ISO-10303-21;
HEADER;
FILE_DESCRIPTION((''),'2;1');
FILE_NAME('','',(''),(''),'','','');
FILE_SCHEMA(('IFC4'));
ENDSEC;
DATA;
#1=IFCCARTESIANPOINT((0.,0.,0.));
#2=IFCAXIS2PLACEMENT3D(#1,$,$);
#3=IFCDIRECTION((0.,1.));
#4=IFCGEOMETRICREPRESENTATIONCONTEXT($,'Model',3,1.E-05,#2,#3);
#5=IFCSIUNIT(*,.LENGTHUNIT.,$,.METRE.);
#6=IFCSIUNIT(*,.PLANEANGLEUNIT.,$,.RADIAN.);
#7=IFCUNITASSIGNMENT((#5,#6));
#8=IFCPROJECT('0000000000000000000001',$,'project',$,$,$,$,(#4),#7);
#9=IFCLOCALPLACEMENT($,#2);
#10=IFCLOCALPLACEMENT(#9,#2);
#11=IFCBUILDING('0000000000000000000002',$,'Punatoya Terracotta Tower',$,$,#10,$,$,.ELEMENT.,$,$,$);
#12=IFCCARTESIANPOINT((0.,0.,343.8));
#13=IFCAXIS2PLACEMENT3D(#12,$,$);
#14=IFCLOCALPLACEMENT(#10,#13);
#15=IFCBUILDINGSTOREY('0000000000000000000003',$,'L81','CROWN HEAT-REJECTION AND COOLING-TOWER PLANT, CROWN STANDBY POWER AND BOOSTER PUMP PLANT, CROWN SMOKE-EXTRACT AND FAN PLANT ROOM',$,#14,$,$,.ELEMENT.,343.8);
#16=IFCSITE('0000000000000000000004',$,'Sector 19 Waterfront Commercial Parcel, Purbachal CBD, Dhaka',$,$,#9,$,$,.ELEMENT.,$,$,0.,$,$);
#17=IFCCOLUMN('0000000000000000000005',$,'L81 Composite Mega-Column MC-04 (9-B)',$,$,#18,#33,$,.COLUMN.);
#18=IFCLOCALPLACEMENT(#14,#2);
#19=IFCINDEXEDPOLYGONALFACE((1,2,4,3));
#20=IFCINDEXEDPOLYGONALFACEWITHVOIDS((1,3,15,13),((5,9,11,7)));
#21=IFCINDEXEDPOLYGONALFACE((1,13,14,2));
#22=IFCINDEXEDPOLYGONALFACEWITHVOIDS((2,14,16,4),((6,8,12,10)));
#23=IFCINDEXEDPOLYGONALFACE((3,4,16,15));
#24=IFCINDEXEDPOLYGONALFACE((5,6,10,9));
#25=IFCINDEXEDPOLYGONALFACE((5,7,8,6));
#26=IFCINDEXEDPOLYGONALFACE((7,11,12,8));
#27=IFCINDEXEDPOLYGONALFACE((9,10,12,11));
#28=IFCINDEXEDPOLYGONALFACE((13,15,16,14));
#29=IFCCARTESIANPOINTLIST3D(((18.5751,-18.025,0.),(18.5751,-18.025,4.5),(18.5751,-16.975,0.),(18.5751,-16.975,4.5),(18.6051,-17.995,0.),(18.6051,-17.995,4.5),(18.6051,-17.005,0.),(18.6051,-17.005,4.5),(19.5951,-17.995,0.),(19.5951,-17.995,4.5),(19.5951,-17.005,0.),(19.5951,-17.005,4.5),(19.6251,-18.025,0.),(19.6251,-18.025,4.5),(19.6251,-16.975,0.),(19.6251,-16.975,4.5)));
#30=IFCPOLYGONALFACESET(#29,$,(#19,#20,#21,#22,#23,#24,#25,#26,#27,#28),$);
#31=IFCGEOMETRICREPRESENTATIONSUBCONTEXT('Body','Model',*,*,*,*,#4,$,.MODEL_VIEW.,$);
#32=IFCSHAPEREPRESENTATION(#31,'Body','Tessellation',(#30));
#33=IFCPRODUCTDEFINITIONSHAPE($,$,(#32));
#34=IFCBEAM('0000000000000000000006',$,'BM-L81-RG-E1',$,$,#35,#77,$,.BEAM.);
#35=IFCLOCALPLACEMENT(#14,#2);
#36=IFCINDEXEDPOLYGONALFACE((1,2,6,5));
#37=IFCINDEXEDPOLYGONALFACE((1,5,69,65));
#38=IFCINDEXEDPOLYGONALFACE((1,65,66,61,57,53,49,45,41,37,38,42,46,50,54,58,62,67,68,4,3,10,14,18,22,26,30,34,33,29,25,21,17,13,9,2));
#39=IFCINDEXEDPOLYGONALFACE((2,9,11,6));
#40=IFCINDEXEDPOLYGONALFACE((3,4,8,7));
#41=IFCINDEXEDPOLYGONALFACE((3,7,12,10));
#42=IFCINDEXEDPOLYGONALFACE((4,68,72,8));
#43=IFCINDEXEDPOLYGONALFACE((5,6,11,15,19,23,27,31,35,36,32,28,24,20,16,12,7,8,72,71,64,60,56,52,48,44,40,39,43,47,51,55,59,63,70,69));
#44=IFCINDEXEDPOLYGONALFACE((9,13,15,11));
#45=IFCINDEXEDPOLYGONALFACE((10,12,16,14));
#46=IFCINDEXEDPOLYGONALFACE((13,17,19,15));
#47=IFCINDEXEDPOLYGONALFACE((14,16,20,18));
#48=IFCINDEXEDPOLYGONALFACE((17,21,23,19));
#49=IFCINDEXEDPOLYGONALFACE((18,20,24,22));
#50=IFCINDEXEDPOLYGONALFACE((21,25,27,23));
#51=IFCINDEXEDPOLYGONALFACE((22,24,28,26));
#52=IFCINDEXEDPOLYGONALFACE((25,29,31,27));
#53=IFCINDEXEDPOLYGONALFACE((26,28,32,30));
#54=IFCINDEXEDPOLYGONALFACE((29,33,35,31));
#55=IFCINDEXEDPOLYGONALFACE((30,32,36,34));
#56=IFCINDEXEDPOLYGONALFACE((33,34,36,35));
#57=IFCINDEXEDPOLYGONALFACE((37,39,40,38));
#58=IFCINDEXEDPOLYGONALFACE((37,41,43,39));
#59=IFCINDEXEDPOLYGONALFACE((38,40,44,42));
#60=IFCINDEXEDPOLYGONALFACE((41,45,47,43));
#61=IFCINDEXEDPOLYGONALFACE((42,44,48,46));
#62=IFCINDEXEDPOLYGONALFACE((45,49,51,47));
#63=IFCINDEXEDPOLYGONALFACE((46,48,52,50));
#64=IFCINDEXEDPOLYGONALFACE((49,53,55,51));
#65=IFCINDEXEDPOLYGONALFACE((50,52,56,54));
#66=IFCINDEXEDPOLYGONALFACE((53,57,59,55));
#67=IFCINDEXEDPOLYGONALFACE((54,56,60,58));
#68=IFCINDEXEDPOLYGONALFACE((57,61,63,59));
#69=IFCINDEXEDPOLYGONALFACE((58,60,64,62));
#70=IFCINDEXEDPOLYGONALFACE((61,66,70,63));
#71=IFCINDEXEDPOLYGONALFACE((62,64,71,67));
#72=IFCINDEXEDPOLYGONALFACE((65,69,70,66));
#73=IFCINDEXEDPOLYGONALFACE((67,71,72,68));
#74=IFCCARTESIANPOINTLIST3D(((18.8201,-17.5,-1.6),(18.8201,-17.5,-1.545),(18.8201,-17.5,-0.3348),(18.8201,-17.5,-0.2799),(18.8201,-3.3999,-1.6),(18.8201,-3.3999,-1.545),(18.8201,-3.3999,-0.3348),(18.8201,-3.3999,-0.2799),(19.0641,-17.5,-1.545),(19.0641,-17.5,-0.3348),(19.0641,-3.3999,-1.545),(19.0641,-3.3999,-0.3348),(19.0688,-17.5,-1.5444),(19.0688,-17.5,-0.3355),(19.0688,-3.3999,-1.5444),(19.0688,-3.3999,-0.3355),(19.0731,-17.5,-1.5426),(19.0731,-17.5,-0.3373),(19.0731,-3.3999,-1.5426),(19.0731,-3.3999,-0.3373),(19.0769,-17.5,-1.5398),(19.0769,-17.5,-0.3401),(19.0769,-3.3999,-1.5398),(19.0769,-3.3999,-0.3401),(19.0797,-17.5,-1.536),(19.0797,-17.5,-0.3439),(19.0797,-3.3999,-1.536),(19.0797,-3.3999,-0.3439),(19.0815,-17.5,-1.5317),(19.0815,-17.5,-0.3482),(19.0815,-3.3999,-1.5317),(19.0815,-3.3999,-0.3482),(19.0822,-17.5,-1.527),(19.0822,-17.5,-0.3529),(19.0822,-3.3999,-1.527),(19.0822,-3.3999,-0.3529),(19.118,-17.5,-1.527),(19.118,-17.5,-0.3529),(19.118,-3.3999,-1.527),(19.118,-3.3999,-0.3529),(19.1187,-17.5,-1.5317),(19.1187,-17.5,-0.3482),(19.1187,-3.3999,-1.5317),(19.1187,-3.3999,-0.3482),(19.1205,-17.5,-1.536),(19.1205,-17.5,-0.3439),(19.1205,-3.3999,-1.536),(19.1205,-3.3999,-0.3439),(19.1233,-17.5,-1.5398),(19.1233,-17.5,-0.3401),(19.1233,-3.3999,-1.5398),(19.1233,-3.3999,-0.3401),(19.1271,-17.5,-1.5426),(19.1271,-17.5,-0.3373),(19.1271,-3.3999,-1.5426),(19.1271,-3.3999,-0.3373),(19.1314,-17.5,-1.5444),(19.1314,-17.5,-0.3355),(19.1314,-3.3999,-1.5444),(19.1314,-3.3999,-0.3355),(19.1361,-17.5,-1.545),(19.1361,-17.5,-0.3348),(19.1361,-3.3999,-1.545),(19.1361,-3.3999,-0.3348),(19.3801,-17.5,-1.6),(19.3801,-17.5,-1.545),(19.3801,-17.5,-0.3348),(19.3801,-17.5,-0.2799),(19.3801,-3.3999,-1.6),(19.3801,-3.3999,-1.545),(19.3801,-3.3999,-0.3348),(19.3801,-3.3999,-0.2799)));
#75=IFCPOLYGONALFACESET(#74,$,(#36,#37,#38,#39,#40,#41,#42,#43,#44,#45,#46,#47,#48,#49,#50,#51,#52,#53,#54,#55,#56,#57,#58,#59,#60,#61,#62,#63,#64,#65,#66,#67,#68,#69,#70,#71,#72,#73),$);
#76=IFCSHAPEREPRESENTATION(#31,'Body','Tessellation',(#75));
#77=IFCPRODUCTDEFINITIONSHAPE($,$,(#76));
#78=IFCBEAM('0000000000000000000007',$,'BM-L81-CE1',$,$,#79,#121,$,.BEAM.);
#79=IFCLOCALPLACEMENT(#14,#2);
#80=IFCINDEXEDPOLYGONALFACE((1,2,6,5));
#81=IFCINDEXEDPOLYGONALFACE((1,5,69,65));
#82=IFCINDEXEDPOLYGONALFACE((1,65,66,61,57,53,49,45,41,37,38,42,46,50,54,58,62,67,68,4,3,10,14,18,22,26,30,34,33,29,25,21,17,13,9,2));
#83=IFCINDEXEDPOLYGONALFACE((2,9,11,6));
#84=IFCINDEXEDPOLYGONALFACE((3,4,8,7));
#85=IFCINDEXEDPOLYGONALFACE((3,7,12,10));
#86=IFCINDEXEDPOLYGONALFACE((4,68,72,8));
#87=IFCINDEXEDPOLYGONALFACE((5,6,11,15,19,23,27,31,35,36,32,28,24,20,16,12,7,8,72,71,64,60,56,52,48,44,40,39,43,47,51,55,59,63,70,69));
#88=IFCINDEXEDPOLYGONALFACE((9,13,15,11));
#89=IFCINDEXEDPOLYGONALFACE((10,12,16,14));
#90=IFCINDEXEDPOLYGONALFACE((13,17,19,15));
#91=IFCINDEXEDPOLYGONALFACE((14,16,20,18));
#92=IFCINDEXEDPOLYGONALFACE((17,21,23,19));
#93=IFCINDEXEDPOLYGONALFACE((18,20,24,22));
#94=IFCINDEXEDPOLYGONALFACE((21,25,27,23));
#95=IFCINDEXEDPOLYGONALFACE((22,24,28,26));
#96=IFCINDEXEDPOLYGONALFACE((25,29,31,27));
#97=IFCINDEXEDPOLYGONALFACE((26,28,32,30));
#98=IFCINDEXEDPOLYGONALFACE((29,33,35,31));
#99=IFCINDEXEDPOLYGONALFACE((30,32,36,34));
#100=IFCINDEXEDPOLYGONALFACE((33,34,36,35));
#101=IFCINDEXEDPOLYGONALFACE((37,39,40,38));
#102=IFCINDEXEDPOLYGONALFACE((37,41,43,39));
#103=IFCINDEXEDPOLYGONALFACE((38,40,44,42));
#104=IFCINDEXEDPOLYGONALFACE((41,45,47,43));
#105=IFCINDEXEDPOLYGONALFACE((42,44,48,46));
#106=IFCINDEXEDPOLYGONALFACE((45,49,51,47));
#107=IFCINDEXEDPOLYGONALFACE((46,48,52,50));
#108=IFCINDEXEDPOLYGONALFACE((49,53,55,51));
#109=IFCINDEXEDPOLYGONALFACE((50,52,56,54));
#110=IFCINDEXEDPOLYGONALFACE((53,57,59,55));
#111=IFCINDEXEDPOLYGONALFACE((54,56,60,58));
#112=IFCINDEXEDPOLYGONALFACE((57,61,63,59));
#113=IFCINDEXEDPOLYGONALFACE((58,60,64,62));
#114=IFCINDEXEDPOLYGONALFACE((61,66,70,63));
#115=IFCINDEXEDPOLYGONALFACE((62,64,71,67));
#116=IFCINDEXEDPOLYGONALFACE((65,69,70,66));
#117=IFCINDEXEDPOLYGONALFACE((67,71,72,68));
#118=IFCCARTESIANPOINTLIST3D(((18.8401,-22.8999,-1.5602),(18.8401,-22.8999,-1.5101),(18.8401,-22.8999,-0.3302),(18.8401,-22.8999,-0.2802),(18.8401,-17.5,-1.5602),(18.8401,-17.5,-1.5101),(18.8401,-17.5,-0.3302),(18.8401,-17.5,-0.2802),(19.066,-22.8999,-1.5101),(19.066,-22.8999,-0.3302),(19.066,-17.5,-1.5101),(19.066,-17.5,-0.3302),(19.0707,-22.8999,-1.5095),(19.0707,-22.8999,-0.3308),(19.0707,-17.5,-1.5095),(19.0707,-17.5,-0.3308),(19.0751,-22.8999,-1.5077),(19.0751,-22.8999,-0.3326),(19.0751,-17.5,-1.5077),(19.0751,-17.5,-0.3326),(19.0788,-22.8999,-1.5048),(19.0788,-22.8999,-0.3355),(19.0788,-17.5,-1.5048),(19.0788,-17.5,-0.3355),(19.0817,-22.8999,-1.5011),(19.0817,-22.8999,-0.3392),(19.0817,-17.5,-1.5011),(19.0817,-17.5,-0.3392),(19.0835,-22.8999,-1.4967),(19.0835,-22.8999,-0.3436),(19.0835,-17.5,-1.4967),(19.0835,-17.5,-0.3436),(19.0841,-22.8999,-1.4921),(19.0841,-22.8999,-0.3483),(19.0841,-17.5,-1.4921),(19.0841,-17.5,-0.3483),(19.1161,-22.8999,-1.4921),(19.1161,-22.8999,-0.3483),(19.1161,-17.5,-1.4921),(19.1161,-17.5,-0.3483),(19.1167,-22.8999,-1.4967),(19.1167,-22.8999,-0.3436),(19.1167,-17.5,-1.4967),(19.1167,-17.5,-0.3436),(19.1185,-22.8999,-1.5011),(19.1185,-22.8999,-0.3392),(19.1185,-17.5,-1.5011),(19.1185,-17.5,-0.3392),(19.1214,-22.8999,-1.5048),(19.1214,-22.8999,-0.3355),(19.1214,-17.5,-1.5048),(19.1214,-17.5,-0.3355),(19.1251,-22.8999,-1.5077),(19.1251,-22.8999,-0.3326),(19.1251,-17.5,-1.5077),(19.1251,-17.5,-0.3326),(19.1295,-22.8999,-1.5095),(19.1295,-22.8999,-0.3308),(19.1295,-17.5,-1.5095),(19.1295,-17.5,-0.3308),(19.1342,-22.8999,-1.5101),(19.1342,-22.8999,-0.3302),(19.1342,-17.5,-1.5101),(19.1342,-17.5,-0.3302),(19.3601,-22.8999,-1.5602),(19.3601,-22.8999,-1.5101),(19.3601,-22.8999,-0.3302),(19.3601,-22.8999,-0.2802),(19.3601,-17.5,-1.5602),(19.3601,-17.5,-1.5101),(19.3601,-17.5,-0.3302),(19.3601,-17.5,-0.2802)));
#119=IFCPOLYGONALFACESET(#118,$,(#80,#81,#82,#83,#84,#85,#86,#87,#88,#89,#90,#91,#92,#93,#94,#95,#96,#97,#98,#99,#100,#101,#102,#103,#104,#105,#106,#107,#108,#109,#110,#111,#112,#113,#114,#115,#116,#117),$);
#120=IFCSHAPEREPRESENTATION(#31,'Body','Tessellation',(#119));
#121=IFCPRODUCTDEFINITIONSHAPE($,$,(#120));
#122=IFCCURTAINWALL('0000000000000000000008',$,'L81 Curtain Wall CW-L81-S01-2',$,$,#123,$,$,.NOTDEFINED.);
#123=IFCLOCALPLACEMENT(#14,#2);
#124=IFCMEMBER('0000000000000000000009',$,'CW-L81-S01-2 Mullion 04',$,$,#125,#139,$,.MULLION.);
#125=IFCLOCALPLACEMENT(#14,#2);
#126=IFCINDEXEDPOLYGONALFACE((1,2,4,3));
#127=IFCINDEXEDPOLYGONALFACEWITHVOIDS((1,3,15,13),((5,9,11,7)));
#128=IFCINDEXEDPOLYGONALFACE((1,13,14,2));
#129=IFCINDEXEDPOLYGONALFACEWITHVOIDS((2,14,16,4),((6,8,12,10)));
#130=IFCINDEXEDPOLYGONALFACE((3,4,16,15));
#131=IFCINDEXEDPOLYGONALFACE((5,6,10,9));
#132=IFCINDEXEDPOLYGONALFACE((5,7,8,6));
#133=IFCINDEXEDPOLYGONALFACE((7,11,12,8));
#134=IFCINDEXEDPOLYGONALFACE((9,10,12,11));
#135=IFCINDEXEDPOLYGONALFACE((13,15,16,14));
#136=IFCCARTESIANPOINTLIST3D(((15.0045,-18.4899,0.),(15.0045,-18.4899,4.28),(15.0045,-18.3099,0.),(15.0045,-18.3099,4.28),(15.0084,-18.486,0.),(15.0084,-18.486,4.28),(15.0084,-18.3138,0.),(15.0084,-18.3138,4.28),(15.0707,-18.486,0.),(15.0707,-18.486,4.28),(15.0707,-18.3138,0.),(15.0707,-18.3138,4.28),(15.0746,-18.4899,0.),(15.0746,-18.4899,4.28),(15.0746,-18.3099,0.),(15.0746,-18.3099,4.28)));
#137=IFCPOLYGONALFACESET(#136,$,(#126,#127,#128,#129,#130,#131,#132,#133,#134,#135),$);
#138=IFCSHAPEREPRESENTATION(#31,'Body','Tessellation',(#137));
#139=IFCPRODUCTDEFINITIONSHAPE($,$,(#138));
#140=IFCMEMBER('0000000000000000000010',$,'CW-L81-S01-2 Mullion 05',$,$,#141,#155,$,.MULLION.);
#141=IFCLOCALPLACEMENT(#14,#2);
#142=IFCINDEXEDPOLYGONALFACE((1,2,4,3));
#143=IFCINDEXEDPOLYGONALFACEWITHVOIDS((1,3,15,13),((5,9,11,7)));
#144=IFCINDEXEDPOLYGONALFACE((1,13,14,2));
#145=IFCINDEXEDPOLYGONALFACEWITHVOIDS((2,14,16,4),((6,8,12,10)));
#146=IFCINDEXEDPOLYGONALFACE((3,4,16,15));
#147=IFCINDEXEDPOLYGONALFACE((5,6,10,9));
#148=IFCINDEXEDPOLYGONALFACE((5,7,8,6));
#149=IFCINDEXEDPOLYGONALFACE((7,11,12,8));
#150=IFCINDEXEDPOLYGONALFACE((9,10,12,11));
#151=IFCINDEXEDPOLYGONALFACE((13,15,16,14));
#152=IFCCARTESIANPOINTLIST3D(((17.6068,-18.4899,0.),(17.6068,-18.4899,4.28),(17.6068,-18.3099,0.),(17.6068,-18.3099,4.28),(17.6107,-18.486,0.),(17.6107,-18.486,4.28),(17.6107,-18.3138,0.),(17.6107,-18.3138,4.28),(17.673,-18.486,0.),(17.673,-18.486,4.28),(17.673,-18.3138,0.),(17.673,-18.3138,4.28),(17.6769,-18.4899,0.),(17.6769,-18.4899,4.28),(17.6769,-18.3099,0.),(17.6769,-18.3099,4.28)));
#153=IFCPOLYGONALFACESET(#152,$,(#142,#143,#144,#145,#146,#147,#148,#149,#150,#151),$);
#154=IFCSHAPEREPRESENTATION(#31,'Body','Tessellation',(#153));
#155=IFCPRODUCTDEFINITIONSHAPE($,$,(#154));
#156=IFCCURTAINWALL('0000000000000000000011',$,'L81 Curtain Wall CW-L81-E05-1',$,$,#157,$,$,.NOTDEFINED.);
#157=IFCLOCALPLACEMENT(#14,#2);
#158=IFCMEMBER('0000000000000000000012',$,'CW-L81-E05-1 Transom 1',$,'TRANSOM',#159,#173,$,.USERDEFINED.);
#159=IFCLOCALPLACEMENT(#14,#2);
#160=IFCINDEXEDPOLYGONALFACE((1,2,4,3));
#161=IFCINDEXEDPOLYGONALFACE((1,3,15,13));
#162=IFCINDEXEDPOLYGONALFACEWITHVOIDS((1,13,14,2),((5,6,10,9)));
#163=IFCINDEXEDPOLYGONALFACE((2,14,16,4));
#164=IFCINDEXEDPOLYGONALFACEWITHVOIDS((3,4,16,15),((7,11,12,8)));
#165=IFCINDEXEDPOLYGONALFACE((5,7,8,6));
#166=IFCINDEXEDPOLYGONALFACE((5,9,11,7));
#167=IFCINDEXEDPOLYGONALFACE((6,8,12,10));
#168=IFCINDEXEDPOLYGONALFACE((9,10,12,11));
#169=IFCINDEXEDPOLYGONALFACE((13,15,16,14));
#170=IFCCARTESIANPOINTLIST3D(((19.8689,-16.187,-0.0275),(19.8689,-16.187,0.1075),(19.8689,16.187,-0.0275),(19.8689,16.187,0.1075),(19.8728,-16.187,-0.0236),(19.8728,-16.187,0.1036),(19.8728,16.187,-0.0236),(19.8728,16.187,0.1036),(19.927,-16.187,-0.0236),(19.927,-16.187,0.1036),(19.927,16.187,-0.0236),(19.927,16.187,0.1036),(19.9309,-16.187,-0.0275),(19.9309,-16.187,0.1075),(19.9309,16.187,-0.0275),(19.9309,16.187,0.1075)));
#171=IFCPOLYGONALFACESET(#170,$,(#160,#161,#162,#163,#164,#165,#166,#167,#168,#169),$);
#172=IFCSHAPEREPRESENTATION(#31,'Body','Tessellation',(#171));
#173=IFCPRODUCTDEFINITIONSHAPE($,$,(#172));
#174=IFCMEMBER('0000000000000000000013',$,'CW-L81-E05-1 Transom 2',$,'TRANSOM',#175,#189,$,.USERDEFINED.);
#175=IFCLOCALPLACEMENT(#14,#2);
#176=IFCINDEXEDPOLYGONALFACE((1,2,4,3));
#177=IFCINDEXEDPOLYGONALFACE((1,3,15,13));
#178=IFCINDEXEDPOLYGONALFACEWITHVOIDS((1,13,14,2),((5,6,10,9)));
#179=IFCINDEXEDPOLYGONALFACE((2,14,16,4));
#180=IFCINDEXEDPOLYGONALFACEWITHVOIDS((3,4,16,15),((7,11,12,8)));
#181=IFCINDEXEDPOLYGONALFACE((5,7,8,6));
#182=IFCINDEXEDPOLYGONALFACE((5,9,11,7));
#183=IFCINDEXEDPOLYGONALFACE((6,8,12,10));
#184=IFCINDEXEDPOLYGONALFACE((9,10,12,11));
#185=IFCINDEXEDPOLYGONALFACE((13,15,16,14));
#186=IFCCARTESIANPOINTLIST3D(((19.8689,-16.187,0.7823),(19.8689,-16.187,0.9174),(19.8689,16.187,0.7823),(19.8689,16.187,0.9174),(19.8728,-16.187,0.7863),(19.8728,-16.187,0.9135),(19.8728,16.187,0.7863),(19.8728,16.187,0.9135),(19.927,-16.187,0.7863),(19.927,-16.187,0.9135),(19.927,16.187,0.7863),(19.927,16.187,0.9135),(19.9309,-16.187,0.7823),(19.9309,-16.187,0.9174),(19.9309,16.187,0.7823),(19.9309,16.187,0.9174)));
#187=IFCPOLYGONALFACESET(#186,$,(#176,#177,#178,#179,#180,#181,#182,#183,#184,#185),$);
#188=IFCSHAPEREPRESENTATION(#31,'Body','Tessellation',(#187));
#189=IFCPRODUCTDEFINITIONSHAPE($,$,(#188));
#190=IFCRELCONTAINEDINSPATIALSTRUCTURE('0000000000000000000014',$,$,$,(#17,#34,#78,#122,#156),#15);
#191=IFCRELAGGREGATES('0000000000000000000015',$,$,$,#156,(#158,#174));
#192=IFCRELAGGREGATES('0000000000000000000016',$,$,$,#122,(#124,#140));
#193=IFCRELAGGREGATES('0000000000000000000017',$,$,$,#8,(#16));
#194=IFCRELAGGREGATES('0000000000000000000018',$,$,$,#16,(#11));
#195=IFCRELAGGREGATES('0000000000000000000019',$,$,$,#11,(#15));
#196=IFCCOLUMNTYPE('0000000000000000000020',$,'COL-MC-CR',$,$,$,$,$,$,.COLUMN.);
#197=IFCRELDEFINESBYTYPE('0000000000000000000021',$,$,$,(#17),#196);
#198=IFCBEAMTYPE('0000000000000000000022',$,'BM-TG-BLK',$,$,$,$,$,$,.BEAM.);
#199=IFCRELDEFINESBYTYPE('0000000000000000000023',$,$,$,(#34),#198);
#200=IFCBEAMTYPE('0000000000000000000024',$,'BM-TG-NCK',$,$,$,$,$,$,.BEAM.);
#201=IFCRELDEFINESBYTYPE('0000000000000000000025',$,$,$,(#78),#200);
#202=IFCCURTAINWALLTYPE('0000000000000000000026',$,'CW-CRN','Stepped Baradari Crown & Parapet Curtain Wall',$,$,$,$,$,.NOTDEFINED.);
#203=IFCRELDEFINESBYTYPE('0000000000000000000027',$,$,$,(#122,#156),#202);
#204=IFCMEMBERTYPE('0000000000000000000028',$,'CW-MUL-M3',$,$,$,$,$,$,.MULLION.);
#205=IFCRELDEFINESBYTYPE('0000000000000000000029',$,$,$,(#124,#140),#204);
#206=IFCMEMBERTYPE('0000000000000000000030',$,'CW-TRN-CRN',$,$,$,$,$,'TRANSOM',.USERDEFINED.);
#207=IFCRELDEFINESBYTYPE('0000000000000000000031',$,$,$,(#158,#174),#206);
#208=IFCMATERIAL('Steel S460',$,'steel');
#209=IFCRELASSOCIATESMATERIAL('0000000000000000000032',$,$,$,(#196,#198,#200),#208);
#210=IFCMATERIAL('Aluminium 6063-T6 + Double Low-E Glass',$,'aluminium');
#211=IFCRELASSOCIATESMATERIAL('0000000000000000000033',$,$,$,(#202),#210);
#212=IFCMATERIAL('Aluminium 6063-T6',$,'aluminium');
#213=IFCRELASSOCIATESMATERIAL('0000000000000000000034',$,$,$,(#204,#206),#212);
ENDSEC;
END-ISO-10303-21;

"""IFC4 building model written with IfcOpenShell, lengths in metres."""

from ifc_helpers import new_model, si_unit, direction, frame, origin, origin_2d, place, context, subcontext, project, spatial, hollow_rectangle, i_section, extrude, material, material_profile, profile_set, type_object, element, aggregate, save


model = new_model("IFC4")

# Units and contexts
model_context = context("Model", 3, precision=1e-05, world=origin(), true_north=direction((0.0, 1.0)))
body_context = subcontext(model_context, "Body", "Model", "MODEL_VIEW")
ifc_project = project(units=[si_unit("LENGTHUNIT", "METRE"), si_unit("PLANEANGLEUNIT", "RADIAN")], contexts=[model_context])

# Site, building, storey
site_placement = place(None, origin())
site = spatial("IfcSite", under=ifc_project, at=site_placement, Name="Sector 19 Waterfront Commercial Parcel, Purbachal CBD, Dhaka", CompositionType="ELEMENT", RefElevation=0.0)
building_placement = place(site_placement, origin())
building = spatial("IfcBuilding", under=site, at=building_placement, Name="Punatoya Terracotta Tower", CompositionType="ELEMENT")
storey_placement = place(building_placement, frame((0.0, 0.0, 343.8)))
storey = spatial("IfcBuildingStorey", under=building, at=storey_placement, Name="L81", Description="CROWN HEAT-REJECTION AND COOLING-TOWER PLANT, CROWN STANDBY POWER AND BOOSTER PUMP PLANT, CROWN SMOKE-EXTRACT AND FAN PLANT ROOM", CompositionType="ELEMENT", Elevation=343.8)

# Column
ifc_material_1 = material(Name="Steel S460", Category="steel")
ifc_material_profile_1 = material_profile(ifc_material_1, hollow_rectangle(XDim=1.05, YDim=1.05, WallThickness=0.03, at=origin_2d()))
ifc_profile_set_1 = profile_set([ifc_material_profile_1], Name="Steel S460")
column_type = type_object("IfcColumnType", Name="COL-MC-CR", PredefinedType="COLUMN", material=ifc_profile_set_1)
column_placement = place(storey_placement, frame((19.1001, -17.5, 0.0), z_axis=(0.0, 0.0, 1.0), x_axis=(1.0, 0.0, 0.0)))
element("IfcColumn", 1, at=column_placement, inside=storey, type_object=column_type, Name="L81 Composite Mega-Column MC-04 (9-B)", PredefinedType="COLUMN", context=body_context, shape_type="SweptSolid", body=[
    extrude(hollow_rectangle(XDim=1.05, YDim=1.05, WallThickness=0.03, at=origin_2d()), origin(), (0.0, 0.0, 1.0), 4.5),
])

# Beams
ifc_material_profile_2 = material_profile(ifc_material_1, i_section(OverallWidth=0.5601, OverallDepth=1.3201, WebThickness=0.0359, FlangeThickness=0.0549, FilletRadius=0.0181, at=origin_2d()))
ifc_profile_set_2 = profile_set([ifc_material_profile_2], Name="Steel S460")
beam_type_1 = type_object("IfcBeamType", Name="BM-TG-BLK", PredefinedType="BEAM", material=ifc_profile_set_2)
beam_1_placement = place(storey_placement, frame((19.1001, -17.5, -0.9399), z_axis=(0.0, 1.0, 0.0), x_axis=(-1.0, 0.0, 0.0)))
element("IfcBeam", 2, at=beam_1_placement, inside=storey, type_object=beam_type_1, Name="BM-L81-RG-E1", PredefinedType="BEAM", context=body_context, shape_type="SweptSolid", body=[
    extrude(i_section(OverallWidth=0.5601, OverallDepth=1.3201, WebThickness=0.0359, FlangeThickness=0.0549, FilletRadius=0.0181, at=origin_2d()), origin(), (0.0, 0.0, 1.0), 14.1001),
])
ifc_material_profile_3 = material_profile(ifc_material_1, i_section(OverallWidth=0.52, OverallDepth=1.28, WebThickness=0.032, FlangeThickness=0.05, FilletRadius=0.0181, at=origin_2d()))
ifc_profile_set_3 = profile_set([ifc_material_profile_3], Name="Steel S460")
beam_type_2 = type_object("IfcBeamType", Name="BM-TG-NCK", PredefinedType="BEAM", material=ifc_profile_set_3)
beam_2_placement = place(storey_placement, frame((19.1001, -22.8999, -0.9202), z_axis=(0.0, 1.0, 0.0), x_axis=(-1.0, 0.0, 0.0)))
element("IfcBeam", 3, at=beam_2_placement, inside=storey, type_object=beam_type_2, Name="BM-L81-CE1", PredefinedType="BEAM", context=body_context, shape_type="SweptSolid", body=[
    extrude(i_section(OverallWidth=0.52, OverallDepth=1.28, WebThickness=0.032, FlangeThickness=0.05, FilletRadius=0.0181, at=origin_2d()), origin(), (0.0, 0.0, 1.0), 5.3999),
])

# Curtain walls, members
ifc_material_2 = material(Name="Aluminium 6063-T6 + Double Low-E Glass", Category="aluminium")
curtain_wall_type = type_object("IfcCurtainWallType", Name="CW-CRN", Description="Stepped Baradari Crown & Parapet Curtain Wall", PredefinedType="NOTDEFINED", material=ifc_material_2)
curtain_wall_1_placement = place(storey_placement, origin())
curtain_wall_1 = element("IfcCurtainWall", 4, at=curtain_wall_1_placement, inside=storey, type_object=curtain_wall_type, Name="L81 Curtain Wall CW-L81-S01-2", PredefinedType="NOTDEFINED")
ifc_material_3 = material(Name="Aluminium 6063-T6", Category="aluminium")
ifc_material_profile_4 = material_profile(ifc_material_3, hollow_rectangle(XDim=0.0701, YDim=0.1799, WallThickness=0.0039, at=origin_2d()))
ifc_profile_set_4 = profile_set([ifc_material_profile_4], Name="Aluminium 6063-T6")
member_type_1 = type_object("IfcMemberType", Name="CW-MUL-M3", PredefinedType="MULLION", material=ifc_profile_set_4)
member_1_placement = place(storey_placement, frame((15.0396, -18.3999, 0.0), z_axis=(0.0, 0.0, 1.0), x_axis=(1.0, 0.0, 0.0)))
member_1 = element("IfcMember", 5, at=member_1_placement, type_object=member_type_1, Name="CW-L81-S01-2 Mullion 04", PredefinedType="MULLION", context=body_context, shape_type="SweptSolid", body=[
    extrude(hollow_rectangle(XDim=0.0701, YDim=0.1799, WallThickness=0.0039, at=origin_2d()), origin(), (0.0, 0.0, 1.0), 4.28),
])
member_2_placement = place(storey_placement, frame((17.6418, -18.3999, 0.0), z_axis=(0.0, 0.0, 1.0), x_axis=(1.0, 0.0, 0.0)))
member_2 = element("IfcMember", 6, at=member_2_placement, type_object=member_type_1, Name="CW-L81-S01-2 Mullion 05", PredefinedType="MULLION", context=body_context, shape_type="SweptSolid", body=[
    extrude(hollow_rectangle(XDim=0.0701, YDim=0.1799, WallThickness=0.0039, at=origin_2d()), origin(), (0.0, 0.0, 1.0), 4.28),
])
curtain_wall_2_placement = place(storey_placement, origin())
curtain_wall_2 = element("IfcCurtainWall", 7, at=curtain_wall_2_placement, inside=storey, type_object=curtain_wall_type, Name="L81 Curtain Wall CW-L81-E05-1", PredefinedType="NOTDEFINED")
ifc_material_profile_5 = material_profile(ifc_material_3, hollow_rectangle(XDim=0.062, YDim=0.135, WallThickness=0.0039, at=origin_2d()))
ifc_profile_set_5 = profile_set([ifc_material_profile_5], Name="Aluminium 6063-T6")
member_type_2 = type_object("IfcMemberType", Name="CW-TRN-CRN", ElementType="TRANSOM", PredefinedType="USERDEFINED", material=ifc_profile_set_5)
member_3_placement = place(storey_placement, frame((19.8999, -16.187, 0.04), z_axis=(0.0, 1.0, 0.0), x_axis=(-1.0, 0.0, 0.0)))
member_3 = element("IfcMember", 8, at=member_3_placement, type_object=member_type_2, Name="CW-L81-E05-1 Transom 1", ObjectType="TRANSOM", PredefinedType="USERDEFINED", context=body_context, shape_type="SweptSolid", body=[
    extrude(hollow_rectangle(XDim=0.062, YDim=0.135, WallThickness=0.0039, at=origin_2d()), origin(), (0.0, 0.0, 1.0), 32.374),
])
member_4_placement = place(storey_placement, frame((19.8999, -16.187, 0.8499), z_axis=(0.0, 1.0, 0.0), x_axis=(-1.0, 0.0, 0.0)))
member_4 = element("IfcMember", 9, at=member_4_placement, type_object=member_type_2, Name="CW-L81-E05-1 Transom 2", ObjectType="TRANSOM", PredefinedType="USERDEFINED", context=body_context, shape_type="SweptSolid", body=[
    extrude(hollow_rectangle(XDim=0.062, YDim=0.135, WallThickness=0.0039, at=origin_2d()), origin(), (0.0, 0.0, 1.0), 32.374),
])
aggregate(curtain_wall_2, [member_3, member_4])

aggregate(curtain_wall_1, [member_1, member_2])

save(model, "model.ifc")
